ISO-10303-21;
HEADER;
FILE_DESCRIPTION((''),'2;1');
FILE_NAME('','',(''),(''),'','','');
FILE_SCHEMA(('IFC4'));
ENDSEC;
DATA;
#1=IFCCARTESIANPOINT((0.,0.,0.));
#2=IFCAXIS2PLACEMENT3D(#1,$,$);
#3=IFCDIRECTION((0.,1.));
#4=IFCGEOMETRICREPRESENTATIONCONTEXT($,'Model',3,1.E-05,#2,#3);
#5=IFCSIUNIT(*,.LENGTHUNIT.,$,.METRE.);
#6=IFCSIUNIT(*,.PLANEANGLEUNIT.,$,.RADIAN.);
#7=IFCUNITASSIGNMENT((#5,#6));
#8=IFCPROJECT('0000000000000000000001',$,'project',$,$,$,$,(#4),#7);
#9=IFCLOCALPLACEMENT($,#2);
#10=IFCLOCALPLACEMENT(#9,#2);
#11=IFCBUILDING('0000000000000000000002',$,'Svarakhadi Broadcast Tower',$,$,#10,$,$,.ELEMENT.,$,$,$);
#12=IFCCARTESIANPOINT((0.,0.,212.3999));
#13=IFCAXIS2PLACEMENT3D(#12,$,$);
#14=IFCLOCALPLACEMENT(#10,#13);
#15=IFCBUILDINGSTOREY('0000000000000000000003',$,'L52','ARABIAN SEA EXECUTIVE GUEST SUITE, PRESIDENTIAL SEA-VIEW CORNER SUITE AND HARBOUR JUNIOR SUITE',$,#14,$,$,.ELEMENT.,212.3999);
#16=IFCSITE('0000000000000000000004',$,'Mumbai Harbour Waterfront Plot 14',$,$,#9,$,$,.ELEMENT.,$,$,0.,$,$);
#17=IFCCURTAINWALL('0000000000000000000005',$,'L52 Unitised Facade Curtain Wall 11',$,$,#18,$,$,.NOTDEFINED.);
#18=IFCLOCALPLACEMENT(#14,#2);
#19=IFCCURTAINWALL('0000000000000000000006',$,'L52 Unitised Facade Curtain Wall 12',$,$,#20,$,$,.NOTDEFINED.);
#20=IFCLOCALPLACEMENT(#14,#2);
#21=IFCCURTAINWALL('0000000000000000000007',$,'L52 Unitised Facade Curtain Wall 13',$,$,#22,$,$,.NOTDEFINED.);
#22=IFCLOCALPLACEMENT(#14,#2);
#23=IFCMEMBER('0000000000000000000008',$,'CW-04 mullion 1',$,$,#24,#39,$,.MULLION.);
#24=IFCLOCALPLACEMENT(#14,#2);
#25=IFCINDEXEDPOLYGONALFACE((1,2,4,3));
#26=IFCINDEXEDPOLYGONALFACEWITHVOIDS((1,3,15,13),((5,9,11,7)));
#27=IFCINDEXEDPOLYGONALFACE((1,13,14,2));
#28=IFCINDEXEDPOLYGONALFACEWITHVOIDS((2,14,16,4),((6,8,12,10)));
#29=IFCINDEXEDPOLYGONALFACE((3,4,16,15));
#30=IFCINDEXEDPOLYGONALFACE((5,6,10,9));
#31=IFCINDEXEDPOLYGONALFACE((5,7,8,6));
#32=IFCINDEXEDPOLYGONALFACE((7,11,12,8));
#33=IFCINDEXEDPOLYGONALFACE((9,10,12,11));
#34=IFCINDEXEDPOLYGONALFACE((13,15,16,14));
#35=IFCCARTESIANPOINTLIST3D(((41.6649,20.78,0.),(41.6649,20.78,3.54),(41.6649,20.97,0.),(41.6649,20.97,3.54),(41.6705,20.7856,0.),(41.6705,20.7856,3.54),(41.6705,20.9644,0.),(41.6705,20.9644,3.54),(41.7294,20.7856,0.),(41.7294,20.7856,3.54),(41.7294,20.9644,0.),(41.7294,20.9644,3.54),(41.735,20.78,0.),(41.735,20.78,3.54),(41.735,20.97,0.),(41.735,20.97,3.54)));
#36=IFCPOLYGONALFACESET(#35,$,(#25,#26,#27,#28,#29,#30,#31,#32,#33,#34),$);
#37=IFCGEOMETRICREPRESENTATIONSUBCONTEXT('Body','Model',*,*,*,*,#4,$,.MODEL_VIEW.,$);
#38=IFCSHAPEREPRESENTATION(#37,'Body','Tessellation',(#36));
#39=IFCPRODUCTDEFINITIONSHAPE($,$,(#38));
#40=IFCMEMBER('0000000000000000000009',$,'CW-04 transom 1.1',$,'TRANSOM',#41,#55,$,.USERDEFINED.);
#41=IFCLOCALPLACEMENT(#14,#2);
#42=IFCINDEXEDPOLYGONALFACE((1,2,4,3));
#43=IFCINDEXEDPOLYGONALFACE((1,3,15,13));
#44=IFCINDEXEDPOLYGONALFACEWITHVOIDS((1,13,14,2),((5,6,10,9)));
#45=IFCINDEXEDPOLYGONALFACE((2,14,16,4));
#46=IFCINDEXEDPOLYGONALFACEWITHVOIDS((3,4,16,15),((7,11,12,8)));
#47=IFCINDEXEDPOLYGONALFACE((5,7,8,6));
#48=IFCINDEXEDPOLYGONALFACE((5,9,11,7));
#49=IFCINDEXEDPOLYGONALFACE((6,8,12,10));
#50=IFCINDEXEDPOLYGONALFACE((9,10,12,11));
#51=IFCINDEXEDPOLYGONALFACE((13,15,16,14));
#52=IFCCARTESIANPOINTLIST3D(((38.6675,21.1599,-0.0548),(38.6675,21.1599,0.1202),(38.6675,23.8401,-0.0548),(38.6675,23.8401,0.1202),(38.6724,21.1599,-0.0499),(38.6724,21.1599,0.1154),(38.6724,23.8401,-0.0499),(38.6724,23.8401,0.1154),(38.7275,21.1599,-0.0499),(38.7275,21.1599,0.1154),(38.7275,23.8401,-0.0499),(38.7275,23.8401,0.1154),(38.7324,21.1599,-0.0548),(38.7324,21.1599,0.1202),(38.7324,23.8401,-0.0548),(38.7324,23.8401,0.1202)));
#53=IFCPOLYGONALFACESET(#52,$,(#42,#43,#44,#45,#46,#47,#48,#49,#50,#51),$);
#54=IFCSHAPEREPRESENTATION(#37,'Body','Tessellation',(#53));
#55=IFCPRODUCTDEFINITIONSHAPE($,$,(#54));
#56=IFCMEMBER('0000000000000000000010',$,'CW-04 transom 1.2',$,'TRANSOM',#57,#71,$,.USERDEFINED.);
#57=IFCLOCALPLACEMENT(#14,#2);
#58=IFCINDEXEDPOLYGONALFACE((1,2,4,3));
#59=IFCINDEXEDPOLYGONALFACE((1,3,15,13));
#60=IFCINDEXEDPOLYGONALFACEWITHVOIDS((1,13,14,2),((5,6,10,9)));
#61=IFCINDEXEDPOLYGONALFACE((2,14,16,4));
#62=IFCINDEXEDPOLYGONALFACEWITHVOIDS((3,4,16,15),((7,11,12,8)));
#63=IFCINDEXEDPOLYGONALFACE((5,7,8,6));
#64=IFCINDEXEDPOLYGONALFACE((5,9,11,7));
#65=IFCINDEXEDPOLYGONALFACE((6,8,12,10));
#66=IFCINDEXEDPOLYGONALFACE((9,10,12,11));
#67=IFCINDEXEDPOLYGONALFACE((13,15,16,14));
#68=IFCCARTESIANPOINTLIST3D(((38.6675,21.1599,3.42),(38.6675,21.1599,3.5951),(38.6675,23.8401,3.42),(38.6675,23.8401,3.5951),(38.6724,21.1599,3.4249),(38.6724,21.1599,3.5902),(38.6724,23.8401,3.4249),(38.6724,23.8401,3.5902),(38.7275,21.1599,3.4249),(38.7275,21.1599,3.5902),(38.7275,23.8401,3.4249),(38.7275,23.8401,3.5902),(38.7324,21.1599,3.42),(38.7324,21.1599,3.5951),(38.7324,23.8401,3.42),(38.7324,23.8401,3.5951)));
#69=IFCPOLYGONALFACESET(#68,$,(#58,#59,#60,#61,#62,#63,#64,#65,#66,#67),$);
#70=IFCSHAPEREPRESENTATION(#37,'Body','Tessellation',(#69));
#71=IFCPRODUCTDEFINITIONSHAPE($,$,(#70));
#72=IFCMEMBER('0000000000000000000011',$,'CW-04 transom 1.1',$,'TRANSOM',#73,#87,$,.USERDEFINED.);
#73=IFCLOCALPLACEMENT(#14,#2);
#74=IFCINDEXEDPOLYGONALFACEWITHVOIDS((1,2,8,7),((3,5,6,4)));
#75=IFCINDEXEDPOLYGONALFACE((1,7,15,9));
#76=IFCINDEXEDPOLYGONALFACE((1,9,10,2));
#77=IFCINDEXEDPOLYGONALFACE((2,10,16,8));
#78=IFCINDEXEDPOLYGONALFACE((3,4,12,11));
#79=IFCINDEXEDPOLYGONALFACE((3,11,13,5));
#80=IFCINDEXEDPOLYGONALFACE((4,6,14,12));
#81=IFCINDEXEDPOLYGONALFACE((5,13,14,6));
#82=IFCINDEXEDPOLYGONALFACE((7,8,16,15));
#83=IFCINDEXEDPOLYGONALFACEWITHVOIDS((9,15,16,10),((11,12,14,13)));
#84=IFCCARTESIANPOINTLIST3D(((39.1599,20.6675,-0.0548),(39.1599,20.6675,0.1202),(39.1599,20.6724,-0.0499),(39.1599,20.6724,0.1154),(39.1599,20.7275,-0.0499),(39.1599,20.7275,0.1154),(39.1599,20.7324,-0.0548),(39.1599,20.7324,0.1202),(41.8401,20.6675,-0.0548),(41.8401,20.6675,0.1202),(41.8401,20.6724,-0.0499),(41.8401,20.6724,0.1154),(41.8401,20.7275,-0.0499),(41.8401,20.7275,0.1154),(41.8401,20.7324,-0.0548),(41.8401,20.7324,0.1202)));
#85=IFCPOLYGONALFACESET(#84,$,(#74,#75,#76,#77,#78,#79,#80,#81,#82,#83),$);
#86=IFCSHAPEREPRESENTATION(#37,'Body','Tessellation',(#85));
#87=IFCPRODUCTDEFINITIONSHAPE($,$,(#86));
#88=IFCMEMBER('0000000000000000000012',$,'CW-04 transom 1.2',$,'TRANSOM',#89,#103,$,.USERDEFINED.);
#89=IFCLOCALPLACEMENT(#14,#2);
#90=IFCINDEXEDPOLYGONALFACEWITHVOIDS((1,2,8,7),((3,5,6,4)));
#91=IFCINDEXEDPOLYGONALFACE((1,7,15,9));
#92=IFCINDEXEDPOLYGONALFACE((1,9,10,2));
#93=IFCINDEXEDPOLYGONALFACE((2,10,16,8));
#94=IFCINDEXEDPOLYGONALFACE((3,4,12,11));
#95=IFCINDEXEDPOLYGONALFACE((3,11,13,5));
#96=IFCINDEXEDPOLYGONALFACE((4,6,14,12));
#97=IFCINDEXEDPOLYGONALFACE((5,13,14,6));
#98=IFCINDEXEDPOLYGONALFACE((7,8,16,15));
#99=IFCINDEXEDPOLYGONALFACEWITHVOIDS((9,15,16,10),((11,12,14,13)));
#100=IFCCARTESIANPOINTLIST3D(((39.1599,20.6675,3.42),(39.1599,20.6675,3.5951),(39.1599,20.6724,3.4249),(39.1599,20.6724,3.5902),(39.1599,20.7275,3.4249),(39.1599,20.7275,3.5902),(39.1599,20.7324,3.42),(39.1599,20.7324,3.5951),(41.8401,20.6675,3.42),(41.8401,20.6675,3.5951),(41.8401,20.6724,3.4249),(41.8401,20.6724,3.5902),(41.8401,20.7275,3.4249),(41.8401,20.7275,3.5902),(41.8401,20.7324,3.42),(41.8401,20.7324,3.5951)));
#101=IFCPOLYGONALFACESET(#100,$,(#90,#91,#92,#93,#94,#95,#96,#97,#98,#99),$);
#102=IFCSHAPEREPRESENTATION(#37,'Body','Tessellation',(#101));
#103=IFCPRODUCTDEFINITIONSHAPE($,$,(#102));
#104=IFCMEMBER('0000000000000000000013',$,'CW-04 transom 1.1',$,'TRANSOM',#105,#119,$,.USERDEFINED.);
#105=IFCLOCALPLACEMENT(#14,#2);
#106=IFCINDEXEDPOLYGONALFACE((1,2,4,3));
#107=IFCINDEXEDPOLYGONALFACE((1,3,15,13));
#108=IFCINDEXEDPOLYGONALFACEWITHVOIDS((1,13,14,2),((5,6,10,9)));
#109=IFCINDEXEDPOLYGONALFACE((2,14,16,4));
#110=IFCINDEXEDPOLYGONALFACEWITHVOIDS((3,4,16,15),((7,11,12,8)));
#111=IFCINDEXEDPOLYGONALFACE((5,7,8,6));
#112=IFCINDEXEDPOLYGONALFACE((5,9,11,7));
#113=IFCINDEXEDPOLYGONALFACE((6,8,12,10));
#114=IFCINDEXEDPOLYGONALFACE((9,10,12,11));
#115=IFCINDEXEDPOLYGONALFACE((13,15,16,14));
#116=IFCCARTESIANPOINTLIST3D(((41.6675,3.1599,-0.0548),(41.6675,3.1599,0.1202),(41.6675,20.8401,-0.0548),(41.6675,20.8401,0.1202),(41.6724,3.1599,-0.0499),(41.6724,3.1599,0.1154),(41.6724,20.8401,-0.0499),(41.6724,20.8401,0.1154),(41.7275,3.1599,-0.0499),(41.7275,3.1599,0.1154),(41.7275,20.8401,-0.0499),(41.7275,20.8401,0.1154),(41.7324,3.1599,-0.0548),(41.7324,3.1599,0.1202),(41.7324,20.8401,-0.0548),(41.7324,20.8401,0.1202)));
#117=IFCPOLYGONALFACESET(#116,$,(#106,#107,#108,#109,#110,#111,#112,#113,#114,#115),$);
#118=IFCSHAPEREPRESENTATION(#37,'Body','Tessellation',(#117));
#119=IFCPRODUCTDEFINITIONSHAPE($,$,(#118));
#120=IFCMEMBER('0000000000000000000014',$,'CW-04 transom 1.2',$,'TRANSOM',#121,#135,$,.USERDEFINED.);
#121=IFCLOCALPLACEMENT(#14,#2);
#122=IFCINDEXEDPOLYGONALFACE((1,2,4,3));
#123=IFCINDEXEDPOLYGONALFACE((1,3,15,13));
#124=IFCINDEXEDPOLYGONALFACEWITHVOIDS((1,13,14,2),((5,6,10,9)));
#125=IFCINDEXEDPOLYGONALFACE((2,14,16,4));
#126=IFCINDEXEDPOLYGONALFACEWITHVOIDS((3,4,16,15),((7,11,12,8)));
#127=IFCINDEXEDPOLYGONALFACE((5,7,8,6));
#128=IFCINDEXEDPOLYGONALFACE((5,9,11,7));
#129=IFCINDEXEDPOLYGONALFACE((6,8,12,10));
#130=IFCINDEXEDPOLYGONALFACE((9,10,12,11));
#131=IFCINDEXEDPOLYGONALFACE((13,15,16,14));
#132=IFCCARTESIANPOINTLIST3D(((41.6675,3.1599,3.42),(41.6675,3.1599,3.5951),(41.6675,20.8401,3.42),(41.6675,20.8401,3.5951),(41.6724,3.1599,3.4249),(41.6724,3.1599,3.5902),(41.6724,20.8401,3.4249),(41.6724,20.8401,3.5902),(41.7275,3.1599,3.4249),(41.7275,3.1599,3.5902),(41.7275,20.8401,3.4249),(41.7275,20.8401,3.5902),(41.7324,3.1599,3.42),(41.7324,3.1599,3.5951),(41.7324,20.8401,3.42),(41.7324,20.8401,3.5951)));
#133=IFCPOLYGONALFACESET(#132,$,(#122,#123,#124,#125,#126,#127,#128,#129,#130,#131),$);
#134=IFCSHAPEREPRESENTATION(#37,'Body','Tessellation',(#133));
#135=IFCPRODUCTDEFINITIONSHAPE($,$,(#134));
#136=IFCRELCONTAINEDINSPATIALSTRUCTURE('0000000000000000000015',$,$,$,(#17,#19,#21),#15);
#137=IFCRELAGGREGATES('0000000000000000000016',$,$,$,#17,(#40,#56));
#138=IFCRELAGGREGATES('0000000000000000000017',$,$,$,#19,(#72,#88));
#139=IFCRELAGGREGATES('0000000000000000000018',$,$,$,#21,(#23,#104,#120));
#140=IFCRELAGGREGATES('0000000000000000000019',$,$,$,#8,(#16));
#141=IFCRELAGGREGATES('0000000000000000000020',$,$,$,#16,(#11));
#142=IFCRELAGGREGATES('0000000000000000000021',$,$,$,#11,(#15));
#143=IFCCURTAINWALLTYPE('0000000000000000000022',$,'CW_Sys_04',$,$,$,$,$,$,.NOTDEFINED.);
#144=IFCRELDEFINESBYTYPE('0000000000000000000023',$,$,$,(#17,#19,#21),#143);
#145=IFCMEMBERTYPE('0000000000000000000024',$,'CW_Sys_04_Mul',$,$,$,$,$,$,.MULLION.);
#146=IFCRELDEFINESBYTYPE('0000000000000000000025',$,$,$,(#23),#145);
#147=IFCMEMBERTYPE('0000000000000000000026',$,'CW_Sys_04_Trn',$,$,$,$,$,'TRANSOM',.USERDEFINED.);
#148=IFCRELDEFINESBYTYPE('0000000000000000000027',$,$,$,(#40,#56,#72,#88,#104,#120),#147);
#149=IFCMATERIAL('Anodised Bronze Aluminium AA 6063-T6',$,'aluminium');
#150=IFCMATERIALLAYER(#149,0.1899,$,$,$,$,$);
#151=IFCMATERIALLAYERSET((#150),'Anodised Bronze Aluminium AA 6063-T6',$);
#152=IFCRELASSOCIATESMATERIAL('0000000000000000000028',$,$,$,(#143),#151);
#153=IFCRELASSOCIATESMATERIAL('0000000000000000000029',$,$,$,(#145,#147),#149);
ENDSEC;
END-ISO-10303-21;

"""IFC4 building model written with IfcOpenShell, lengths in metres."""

from ifc_helpers import new_model, si_unit, direction, frame, origin, origin_2d, place, context, subcontext, project, spatial, hollow_rectangle, extrude, material, layer, layer_set, material_profile, profile_set, type_object, element, aggregate, save


model = new_model("IFC4")

# Units and contexts
model_context = context("Model", 3, precision=1e-05, world=origin(), true_north=direction((0.0, 1.0)))
body_context = subcontext(model_context, "Body", "Model", "MODEL_VIEW")
ifc_project = project(units=[si_unit("LENGTHUNIT", "METRE"), si_unit("PLANEANGLEUNIT", "RADIAN")], contexts=[model_context])

# Site, building, storey
site_placement = place(None, origin())
site = spatial("IfcSite", under=ifc_project, at=site_placement, Name="Mumbai Harbour Waterfront Plot 14", CompositionType="ELEMENT", RefElevation=0.0)
building_placement = place(site_placement, origin())
building = spatial("IfcBuilding", under=site, at=building_placement, Name="Svarakhadi Broadcast Tower", CompositionType="ELEMENT")
storey_placement = place(building_placement, frame((0.0, 0.0, 212.3999)))
storey = spatial("IfcBuildingStorey", under=building, at=storey_placement, Name="L52", Description="ARABIAN SEA EXECUTIVE GUEST SUITE, PRESIDENTIAL SEA-VIEW CORNER SUITE AND HARBOUR JUNIOR SUITE", CompositionType="ELEMENT", Elevation=212.3999)

# Shared definitions
ifc_material_1 = material(Name="Anodised Bronze Aluminium AA 6063-T6", Category="aluminium")
ifc_layer_1 = layer(ifc_material_1, 0.1899)
ifc_layer_set_1 = layer_set([ifc_layer_1], Name="Anodised Bronze Aluminium AA 6063-T6")
curtain_wall_type = type_object("IfcCurtainWallType", Name="CW_Sys_04", PredefinedType="NOTDEFINED", material=ifc_layer_set_1)
ifc_material_profile_1 = material_profile(ifc_material_1, hollow_rectangle(XDim=0.0701, YDim=0.1899, WallThickness=0.0056, at=origin_2d()), Name="ALU MULLION 190x70x6")
ifc_profile_set_1 = profile_set([ifc_material_profile_1], Name="Anodised Bronze Aluminium AA 6063-T6")
member_type_1 = type_object("IfcMemberType", Name="CW_Sys_04_Mul", PredefinedType="MULLION", material=ifc_profile_set_1)

# Curtain walls
curtain_wall_1_placement = place(storey_placement, origin())
curtain_wall_1 = element("IfcCurtainWall", 1, at=curtain_wall_1_placement, inside=storey, type_object=curtain_wall_type, Name="L52 Unitised Facade Curtain Wall 11", PredefinedType="NOTDEFINED")
curtain_wall_2_placement = place(storey_placement, origin())
curtain_wall_2 = element("IfcCurtainWall", 2, at=curtain_wall_2_placement, inside=storey, type_object=curtain_wall_type, Name="L52 Unitised Facade Curtain Wall 12", PredefinedType="NOTDEFINED")

# Curtain wall, member
curtain_wall_3_placement = place(storey_placement, origin())
curtain_wall_3 = element("IfcCurtainWall", 3, at=curtain_wall_3_placement, inside=storey, type_object=curtain_wall_type, Name="L52 Unitised Facade Curtain Wall 13", PredefinedType="NOTDEFINED")
member_1_placement = place(storey_placement, frame((41.7, 20.875, 0.0), z_axis=(0.0, 0.0, 1.0), x_axis=(1.0, 0.0, 0.0)))
member_1 = element("IfcMember", 4, at=member_1_placement, type_object=member_type_1, Name="CW-04 mullion 1", PredefinedType="MULLION", context=body_context, shape_type="SweptSolid", body=[
    extrude(hollow_rectangle(XDim=0.0701, YDim=0.1899, WallThickness=0.0056, at=origin_2d()), origin(), (0.0, 0.0, 1.0), 3.54),
])

# Members
ifc_material_profile_2 = material_profile(ifc_material_1, hollow_rectangle(XDim=0.0649, YDim=0.175, WallThickness=0.0049, at=origin_2d()), Name="ALU TRANSOM 175x65x5")
ifc_profile_set_2 = profile_set([ifc_material_profile_2], Name="Anodised Bronze Aluminium AA 6063-T6")
member_type_2 = type_object("IfcMemberType", Name="CW_Sys_04_Trn", ElementType="TRANSOM", PredefinedType="USERDEFINED", material=ifc_profile_set_2)
member_2_placement = place(storey_placement, frame((38.7, 23.8401, 0.0327), z_axis=(0.0, -1.0, 0.0), x_axis=(1.0, 0.0, 0.0)))
member_2 = element("IfcMember", 5, at=member_2_placement, type_object=member_type_2, Name="CW-04 transom 1.1", ObjectType="TRANSOM", PredefinedType="USERDEFINED", context=body_context, shape_type="SweptSolid", body=[
    extrude(hollow_rectangle(XDim=0.0649, YDim=0.175, WallThickness=0.0049, at=origin_2d()), origin(), (0.0, 0.0, 1.0), 2.6802),
])
member_3_placement = place(storey_placement, frame((38.7, 23.8401, 3.5076), z_axis=(0.0, -1.0, 0.0), x_axis=(1.0, 0.0, 0.0)))
member_3 = element("IfcMember", 6, at=member_3_placement, type_object=member_type_2, Name="CW-04 transom 1.2", ObjectType="TRANSOM", PredefinedType="USERDEFINED", context=body_context, shape_type="SweptSolid", body=[
    extrude(hollow_rectangle(XDim=0.0649, YDim=0.175, WallThickness=0.0049, at=origin_2d()), origin(), (0.0, 0.0, 1.0), 2.6802),
])
member_4_placement = place(storey_placement, frame((39.1599, 20.7, 0.0327), z_axis=(1.0, 0.0, 0.0), x_axis=(0.0, 1.0, 0.0)))
member_4 = element("IfcMember", 7, at=member_4_placement, type_object=member_type_2, Name="CW-04 transom 1.1", ObjectType="TRANSOM", PredefinedType="USERDEFINED", context=body_context, shape_type="SweptSolid", body=[
    extrude(hollow_rectangle(XDim=0.0649, YDim=0.175, WallThickness=0.0049, at=origin_2d()), origin(), (0.0, 0.0, 1.0), 2.6802),
])
member_5_placement = place(storey_placement, frame((39.1599, 20.7, 3.5076), z_axis=(1.0, 0.0, 0.0), x_axis=(0.0, 1.0, 0.0)))
member_5 = element("IfcMember", 8, at=member_5_placement, type_object=member_type_2, Name="CW-04 transom 1.2", ObjectType="TRANSOM", PredefinedType="USERDEFINED", context=body_context, shape_type="SweptSolid", body=[
    extrude(hollow_rectangle(XDim=0.0649, YDim=0.175, WallThickness=0.0049, at=origin_2d()), origin(), (0.0, 0.0, 1.0), 2.6802),
])
member_6_placement = place(storey_placement, frame((41.7, 20.8401, 0.0327), z_axis=(0.0, -1.0, 0.0), x_axis=(1.0, 0.0, 0.0)))
member_6 = element("IfcMember", 9, at=member_6_placement, type_object=member_type_2, Name="CW-04 transom 1.1", ObjectType="TRANSOM", PredefinedType="USERDEFINED", context=body_context, shape_type="SweptSolid", body=[
    extrude(hollow_rectangle(XDim=0.0649, YDim=0.175, WallThickness=0.0049, at=origin_2d()), origin(), (0.0, 0.0, 1.0), 17.6802),
])
member_7_placement = place(storey_placement, frame((41.7, 20.8401, 3.5076), z_axis=(0.0, -1.0, 0.0), x_axis=(1.0, 0.0, 0.0)))
member_7 = element("IfcMember", 10, at=member_7_placement, type_object=member_type_2, Name="CW-04 transom 1.2", ObjectType="TRANSOM", PredefinedType="USERDEFINED", context=body_context, shape_type="SweptSolid", body=[
    extrude(hollow_rectangle(XDim=0.0649, YDim=0.175, WallThickness=0.0049, at=origin_2d()), origin(), (0.0, 0.0, 1.0), 17.6802),
])

aggregate(curtain_wall_1, [member_2, member_3])
aggregate(curtain_wall_2, [member_4, member_5])
aggregate(curtain_wall_3, [member_1, member_6, member_7])

save(model, "model.ifc")
